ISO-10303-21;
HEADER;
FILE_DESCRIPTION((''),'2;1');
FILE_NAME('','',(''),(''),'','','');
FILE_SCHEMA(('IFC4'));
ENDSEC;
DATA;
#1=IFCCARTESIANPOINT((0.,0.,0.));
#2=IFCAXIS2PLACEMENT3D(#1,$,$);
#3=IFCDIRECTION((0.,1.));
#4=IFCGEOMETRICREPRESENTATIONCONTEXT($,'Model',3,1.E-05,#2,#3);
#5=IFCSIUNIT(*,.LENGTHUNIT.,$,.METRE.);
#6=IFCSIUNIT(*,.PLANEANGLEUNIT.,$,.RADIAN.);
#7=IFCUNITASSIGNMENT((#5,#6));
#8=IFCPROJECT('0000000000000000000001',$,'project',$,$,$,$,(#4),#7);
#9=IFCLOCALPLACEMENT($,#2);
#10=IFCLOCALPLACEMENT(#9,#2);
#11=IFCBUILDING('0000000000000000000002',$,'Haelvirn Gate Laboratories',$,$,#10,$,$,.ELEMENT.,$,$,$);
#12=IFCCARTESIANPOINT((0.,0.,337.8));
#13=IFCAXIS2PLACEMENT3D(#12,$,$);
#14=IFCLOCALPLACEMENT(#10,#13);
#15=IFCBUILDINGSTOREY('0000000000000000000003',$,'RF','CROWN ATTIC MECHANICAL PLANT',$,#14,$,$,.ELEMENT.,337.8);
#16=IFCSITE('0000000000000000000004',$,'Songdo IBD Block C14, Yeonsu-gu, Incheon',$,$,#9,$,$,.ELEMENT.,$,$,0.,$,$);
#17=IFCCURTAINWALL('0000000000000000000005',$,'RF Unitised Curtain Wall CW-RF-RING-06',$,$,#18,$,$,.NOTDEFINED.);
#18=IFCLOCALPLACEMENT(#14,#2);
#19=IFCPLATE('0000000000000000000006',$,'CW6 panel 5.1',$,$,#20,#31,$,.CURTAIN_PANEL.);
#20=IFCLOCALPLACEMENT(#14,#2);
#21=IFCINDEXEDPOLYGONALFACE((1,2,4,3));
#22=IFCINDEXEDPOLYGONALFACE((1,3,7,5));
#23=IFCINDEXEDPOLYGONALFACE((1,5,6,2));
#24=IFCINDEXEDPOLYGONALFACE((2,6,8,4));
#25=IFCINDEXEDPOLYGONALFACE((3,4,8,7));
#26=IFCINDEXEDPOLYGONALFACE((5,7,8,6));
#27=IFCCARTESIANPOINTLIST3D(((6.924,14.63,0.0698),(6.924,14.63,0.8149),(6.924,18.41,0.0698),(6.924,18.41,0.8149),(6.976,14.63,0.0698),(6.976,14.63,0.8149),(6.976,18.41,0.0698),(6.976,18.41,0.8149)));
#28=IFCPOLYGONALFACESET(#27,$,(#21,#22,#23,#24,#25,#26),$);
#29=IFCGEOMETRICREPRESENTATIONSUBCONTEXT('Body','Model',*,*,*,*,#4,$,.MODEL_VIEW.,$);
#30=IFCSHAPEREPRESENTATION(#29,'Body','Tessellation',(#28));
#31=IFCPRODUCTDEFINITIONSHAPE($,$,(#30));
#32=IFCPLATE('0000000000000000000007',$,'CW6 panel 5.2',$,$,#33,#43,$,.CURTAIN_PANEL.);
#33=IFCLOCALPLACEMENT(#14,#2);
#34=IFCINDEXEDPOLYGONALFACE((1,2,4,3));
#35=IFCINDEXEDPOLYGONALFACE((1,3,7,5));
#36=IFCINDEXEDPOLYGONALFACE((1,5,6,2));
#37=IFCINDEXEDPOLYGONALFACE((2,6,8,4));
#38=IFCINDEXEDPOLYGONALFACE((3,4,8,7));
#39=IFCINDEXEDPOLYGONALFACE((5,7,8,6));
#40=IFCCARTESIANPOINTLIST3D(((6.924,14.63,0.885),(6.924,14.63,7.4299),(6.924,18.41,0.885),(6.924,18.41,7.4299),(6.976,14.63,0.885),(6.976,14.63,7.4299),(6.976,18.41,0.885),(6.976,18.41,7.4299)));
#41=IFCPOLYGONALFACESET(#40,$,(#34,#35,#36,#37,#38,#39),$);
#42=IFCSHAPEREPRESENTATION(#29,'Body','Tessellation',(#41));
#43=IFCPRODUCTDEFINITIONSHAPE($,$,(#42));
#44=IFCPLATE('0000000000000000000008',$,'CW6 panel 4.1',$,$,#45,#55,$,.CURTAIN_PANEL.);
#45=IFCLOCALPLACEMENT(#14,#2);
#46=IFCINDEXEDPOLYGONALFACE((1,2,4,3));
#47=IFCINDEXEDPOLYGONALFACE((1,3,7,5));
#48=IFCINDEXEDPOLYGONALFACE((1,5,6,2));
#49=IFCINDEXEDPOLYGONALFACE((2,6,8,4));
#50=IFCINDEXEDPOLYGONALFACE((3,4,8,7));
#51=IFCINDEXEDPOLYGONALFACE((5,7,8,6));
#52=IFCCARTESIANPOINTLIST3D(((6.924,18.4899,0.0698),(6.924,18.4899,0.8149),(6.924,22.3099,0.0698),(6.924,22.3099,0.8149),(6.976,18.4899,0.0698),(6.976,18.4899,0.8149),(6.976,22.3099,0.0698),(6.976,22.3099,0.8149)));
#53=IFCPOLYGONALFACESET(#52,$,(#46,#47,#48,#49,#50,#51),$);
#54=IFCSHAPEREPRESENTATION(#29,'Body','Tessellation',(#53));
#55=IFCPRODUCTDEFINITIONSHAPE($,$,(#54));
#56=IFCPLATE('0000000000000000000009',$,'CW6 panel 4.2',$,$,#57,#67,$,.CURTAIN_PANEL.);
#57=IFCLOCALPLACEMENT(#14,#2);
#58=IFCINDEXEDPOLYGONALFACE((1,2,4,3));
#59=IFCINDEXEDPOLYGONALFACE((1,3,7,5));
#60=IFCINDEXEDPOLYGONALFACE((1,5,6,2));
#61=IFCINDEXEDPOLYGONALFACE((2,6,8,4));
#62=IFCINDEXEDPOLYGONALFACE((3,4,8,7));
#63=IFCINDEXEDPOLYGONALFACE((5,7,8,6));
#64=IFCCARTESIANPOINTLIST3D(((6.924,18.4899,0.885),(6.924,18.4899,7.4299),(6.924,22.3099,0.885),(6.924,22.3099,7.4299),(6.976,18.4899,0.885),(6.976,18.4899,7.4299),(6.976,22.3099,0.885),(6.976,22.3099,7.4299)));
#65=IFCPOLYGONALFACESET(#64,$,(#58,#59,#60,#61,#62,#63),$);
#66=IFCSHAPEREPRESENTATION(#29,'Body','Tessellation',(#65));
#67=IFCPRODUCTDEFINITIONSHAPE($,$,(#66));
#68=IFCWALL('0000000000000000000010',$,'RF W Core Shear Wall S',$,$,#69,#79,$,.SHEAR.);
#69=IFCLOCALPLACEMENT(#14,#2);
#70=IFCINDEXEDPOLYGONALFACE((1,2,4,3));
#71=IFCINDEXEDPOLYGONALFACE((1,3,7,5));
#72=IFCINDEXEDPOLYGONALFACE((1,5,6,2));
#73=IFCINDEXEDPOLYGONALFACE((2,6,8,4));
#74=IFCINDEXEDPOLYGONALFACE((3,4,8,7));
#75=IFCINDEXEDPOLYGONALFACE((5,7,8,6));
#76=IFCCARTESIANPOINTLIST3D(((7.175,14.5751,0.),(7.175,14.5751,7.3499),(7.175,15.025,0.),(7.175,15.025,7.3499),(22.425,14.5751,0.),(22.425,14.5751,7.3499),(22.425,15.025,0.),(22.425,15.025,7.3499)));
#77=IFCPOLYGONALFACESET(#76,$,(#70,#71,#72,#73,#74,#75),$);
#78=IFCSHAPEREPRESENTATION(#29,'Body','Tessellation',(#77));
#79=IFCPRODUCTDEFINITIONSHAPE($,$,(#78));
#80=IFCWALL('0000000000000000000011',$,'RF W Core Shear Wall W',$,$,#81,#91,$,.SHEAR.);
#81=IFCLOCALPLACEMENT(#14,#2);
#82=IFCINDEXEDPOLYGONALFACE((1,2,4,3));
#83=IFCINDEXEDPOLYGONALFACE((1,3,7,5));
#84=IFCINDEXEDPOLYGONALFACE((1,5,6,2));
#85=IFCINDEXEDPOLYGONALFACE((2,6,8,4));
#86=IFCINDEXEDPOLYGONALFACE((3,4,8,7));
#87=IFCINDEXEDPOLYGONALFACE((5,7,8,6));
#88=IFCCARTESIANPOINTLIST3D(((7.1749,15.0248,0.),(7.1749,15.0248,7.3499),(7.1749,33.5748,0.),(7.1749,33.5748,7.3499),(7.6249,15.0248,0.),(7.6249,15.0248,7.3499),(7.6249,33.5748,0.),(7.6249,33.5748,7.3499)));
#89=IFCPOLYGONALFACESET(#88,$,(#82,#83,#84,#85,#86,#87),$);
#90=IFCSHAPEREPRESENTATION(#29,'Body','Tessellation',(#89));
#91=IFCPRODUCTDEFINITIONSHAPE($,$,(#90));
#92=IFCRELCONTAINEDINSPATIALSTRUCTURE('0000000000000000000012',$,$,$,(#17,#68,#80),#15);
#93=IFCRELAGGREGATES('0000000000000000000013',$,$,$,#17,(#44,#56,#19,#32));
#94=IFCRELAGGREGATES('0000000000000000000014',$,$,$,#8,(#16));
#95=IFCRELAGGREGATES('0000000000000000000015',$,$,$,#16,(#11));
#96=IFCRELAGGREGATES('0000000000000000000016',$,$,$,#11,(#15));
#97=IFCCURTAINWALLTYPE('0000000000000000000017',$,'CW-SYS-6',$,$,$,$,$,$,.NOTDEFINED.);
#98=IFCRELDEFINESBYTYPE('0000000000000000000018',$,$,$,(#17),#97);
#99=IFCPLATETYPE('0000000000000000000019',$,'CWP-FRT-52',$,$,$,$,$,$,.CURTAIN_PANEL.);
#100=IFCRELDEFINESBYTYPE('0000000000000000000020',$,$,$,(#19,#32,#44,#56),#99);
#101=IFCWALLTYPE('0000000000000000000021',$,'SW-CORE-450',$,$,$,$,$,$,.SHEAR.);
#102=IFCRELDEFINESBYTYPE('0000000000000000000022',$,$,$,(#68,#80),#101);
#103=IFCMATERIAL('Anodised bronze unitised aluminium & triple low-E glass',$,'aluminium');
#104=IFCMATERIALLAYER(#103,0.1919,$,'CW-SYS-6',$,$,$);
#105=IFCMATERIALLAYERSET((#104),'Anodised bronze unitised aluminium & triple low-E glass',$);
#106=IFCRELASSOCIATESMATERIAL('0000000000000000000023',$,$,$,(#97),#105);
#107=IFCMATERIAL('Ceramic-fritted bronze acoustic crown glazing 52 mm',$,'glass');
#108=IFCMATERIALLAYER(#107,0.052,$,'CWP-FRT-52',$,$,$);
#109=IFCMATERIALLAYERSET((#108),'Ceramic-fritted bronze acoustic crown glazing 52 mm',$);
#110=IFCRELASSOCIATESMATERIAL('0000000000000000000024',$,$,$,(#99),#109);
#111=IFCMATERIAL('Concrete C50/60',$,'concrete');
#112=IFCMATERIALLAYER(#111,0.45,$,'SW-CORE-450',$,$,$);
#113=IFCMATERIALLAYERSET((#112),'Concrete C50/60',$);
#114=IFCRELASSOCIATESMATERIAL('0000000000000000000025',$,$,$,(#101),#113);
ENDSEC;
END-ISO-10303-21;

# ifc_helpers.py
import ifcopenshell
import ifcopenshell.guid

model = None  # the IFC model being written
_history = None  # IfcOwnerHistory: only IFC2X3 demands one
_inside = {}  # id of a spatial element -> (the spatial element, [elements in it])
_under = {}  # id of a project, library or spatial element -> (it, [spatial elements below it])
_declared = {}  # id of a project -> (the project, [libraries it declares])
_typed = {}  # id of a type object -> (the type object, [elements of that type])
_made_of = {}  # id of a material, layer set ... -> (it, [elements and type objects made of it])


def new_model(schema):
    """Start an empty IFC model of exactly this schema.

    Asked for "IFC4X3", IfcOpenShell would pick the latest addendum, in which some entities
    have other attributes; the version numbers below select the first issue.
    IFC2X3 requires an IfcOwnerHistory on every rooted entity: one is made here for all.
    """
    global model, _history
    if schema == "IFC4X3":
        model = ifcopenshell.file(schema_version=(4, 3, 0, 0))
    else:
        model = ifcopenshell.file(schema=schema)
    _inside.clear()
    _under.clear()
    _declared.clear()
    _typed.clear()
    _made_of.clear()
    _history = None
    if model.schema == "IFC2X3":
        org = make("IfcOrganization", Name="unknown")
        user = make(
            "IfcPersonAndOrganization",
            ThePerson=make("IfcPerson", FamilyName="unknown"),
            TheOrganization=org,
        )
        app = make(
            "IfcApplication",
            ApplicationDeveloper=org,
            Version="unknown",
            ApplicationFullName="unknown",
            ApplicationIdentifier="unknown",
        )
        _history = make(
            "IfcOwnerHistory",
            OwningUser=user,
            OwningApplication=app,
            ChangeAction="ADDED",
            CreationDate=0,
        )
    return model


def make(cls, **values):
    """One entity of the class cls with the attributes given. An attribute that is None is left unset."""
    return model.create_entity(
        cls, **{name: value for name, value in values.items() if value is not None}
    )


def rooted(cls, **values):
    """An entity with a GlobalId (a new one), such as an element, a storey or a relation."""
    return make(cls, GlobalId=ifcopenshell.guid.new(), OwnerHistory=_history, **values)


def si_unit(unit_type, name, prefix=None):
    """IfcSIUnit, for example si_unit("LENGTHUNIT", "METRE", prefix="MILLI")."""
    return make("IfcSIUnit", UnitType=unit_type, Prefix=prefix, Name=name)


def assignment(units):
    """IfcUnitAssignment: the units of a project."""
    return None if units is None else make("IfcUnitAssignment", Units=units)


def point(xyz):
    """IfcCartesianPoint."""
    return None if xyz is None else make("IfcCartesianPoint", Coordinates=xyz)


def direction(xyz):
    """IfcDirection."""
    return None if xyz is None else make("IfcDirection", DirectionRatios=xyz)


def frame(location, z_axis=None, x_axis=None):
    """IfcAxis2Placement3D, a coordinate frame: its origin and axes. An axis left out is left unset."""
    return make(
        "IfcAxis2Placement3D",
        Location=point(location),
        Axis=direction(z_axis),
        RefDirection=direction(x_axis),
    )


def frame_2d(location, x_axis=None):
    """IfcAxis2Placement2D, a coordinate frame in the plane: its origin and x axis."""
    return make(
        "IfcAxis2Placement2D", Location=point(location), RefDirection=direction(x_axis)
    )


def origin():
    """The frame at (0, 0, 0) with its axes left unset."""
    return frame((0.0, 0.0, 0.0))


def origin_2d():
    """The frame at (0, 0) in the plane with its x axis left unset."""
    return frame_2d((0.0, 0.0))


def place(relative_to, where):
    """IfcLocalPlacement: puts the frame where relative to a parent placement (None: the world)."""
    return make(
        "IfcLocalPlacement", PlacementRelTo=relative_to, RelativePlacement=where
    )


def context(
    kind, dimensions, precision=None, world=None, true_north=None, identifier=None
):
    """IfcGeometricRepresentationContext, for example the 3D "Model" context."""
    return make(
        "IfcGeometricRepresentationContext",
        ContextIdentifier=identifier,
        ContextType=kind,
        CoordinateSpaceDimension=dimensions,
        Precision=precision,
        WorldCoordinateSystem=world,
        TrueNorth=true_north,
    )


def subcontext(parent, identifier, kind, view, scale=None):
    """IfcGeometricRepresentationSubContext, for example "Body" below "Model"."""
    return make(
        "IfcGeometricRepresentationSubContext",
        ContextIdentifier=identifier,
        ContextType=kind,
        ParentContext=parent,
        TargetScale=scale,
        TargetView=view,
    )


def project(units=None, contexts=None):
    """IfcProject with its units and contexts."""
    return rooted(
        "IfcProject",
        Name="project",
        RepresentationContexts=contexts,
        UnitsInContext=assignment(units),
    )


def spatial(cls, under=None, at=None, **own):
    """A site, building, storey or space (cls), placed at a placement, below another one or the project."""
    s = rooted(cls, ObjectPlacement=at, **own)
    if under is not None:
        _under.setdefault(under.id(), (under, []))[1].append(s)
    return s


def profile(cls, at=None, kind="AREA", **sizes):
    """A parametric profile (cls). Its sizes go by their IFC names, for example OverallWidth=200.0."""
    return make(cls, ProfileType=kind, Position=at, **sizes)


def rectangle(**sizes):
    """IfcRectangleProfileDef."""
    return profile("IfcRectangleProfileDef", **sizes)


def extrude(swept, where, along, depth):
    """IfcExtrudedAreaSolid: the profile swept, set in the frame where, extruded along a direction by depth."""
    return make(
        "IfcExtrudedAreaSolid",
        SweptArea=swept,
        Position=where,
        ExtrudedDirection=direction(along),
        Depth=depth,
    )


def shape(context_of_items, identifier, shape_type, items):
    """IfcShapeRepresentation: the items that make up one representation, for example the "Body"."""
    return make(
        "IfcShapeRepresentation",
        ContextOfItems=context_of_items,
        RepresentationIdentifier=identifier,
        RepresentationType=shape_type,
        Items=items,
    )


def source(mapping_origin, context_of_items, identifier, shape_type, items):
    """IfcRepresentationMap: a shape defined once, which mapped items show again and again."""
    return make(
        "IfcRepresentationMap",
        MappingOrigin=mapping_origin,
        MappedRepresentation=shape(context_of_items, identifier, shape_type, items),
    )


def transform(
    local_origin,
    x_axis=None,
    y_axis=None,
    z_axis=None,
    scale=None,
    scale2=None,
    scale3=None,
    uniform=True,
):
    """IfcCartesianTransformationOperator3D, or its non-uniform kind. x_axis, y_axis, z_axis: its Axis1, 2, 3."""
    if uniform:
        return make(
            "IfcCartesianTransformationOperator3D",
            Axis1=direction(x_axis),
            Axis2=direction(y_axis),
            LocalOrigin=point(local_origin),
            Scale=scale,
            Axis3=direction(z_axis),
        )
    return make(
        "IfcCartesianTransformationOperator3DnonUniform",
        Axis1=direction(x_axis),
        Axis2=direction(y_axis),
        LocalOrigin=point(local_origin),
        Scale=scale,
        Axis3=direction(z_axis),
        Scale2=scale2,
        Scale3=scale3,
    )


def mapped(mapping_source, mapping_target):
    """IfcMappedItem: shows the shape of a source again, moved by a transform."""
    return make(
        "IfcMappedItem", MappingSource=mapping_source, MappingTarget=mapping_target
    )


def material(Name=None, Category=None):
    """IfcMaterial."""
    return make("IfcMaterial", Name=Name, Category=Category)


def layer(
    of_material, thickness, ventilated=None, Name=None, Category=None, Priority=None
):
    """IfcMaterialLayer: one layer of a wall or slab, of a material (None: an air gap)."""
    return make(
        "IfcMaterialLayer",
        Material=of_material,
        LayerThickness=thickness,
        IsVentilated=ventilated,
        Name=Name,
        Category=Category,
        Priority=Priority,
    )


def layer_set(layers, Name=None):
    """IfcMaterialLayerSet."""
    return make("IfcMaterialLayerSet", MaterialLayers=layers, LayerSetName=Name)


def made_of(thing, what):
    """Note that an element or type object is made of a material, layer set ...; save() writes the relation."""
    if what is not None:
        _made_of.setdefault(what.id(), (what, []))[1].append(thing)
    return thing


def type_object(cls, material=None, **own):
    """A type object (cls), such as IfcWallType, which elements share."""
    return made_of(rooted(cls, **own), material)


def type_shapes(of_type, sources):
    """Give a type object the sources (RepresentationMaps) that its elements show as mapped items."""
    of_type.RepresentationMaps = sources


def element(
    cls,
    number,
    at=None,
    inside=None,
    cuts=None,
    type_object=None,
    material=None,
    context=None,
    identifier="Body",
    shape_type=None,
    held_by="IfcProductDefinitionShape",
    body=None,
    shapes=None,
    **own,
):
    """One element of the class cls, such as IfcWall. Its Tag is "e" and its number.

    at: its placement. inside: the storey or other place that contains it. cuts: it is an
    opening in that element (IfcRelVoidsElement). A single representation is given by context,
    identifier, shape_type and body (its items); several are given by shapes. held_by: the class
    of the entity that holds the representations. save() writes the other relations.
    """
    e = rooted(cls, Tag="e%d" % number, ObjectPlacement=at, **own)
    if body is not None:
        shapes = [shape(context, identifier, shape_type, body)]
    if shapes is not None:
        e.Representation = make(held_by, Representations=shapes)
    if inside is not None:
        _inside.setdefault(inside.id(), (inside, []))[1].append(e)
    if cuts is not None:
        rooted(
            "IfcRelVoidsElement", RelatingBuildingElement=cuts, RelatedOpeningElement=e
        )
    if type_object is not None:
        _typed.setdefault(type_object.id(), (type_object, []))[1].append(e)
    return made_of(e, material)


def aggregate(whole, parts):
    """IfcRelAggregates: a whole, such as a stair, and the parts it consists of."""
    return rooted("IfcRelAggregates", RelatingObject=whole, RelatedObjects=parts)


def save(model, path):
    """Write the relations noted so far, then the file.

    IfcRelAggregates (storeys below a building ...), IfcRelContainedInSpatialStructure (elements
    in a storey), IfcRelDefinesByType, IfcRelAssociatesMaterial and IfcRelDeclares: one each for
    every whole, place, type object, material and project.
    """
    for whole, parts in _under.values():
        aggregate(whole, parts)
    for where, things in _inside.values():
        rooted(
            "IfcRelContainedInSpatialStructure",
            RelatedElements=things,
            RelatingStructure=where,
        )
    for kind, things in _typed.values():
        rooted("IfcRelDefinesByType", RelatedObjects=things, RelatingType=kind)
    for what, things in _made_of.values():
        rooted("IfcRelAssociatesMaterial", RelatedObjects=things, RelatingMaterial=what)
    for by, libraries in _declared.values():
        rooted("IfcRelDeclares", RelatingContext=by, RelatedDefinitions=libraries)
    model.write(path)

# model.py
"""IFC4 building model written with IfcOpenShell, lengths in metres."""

from ifc_helpers import new_model, si_unit, direction, frame, frame_2d, origin, origin_2d, place, context, subcontext, project, spatial, rectangle, extrude, source, transform, mapped, material, layer, layer_set, type_object, type_shapes, element, aggregate, save


model = new_model("IFC4")

# Units and contexts
model_context = context("Model", 3, precision=1e-05, world=origin(), true_north=direction((0.0, 1.0)))
body_context = subcontext(model_context, "Body", "Model", "MODEL_VIEW")
ifc_project = project(units=[si_unit("LENGTHUNIT", "METRE"), si_unit("PLANEANGLEUNIT", "RADIAN")], contexts=[model_context])

# Site, building, storey
site_placement = place(None, origin())
site = spatial("IfcSite", under=ifc_project, at=site_placement, Name="Songdo IBD Block C14, Yeonsu-gu, Incheon", CompositionType="ELEMENT", RefElevation=0.0)
building_placement = place(site_placement, origin())
building = spatial("IfcBuilding", under=site, at=building_placement, Name="Haelvirn Gate Laboratories", CompositionType="ELEMENT")
storey_placement = place(building_placement, frame((0.0, 0.0, 337.8)))
storey = spatial("IfcBuildingStorey", under=building, at=storey_placement, Name="RF", Description="CROWN ATTIC MECHANICAL PLANT", CompositionType="ELEMENT", Elevation=337.8)

# Curtain wall
ifc_material_1 = material(Name="Anodised bronze unitised aluminium & triple low-E glass", Category="aluminium")
ifc_layer_1 = layer(ifc_material_1, 0.1919, Name="CW-SYS-6")
ifc_layer_set_1 = layer_set([ifc_layer_1], Name="Anodised bronze unitised aluminium & triple low-E glass")
curtain_wall_type = type_object("IfcCurtainWallType", Name="CW-SYS-6", PredefinedType="NOTDEFINED", material=ifc_layer_set_1)
curtain_wall_1_placement = place(storey_placement, origin())
curtain_wall_1 = element("IfcCurtainWall", 1, at=curtain_wall_1_placement, inside=storey, type_object=curtain_wall_type, Name="RF Unitised Curtain Wall CW-RF-RING-06", PredefinedType="NOTDEFINED")

# Plates
ifc_material_2 = material(Name="Ceramic-fritted bronze acoustic crown glazing 52 mm", Category="glass")
ifc_layer_2 = layer(ifc_material_2, 0.052, Name="CWP-FRT-52")
ifc_layer_set_2 = layer_set([ifc_layer_2], Name="Ceramic-fritted bronze acoustic crown glazing 52 mm")
plate_type_1 = type_object("IfcPlateType", Name="CWP-FRT-52", PredefinedType="CURTAIN_PANEL", material=ifc_layer_set_2)
shared_shape_1 = source(origin(), body_context, "Body", "SweptSolid", [
    extrude(rectangle(XDim=3.78, YDim=0.052, at=origin_2d()), origin(), (0.0, 0.0, 1.0), 0.7451),
])
plate_1_placement = place(storey_placement, frame((6.95, 16.52, 0.0698), z_axis=(0.0, 0.0, 1.0), x_axis=(0.0, -1.0, 0.0)))
plate_1 = element("IfcPlate", 2, at=plate_1_placement, type_object=plate_type_1, Name="CW6 panel 5.1", PredefinedType="CURTAIN_PANEL", context=body_context, shape_type="MappedRepresentation", body=[
    mapped(shared_shape_1, transform((0.0, 0.0, 0.0), scale=1.0)),
])
shared_shape_2 = source(origin(), body_context, "Body", "SweptSolid", [
    extrude(rectangle(XDim=3.78, YDim=0.052, at=origin_2d()), origin(), (0.0, 0.0, 1.0), 6.5449),
])
plate_2_placement = place(storey_placement, frame((6.95, 16.52, 0.885), z_axis=(0.0, 0.0, 1.0), x_axis=(0.0, -1.0, 0.0)))
plate_2 = element("IfcPlate", 3, at=plate_2_placement, type_object=plate_type_1, Name="CW6 panel 5.2", PredefinedType="CURTAIN_PANEL", context=body_context, shape_type="MappedRepresentation", body=[
    mapped(shared_shape_2, transform((0.0, 0.0, 0.0), scale=1.0)),
])
shared_shape_3 = source(origin(), body_context, "Body", "SweptSolid", [
    extrude(rectangle(XDim=3.8201, YDim=0.052, at=origin_2d()), origin(), (0.0, 0.0, 1.0), 0.7451),
])
plate_3_placement = place(storey_placement, frame((6.95, 20.3999, 0.0698), z_axis=(0.0, 0.0, 1.0), x_axis=(0.0, -1.0, 0.0)))
plate_3 = element("IfcPlate", 4, at=plate_3_placement, type_object=plate_type_1, Name="CW6 panel 4.1", PredefinedType="CURTAIN_PANEL", context=body_context, shape_type="MappedRepresentation", body=[
    mapped(shared_shape_3, transform((0.0, 0.0, 0.0), scale=1.0)),
])
shared_shape_4 = source(origin(), body_context, "Body", "SweptSolid", [
    extrude(rectangle(XDim=3.8201, YDim=0.052, at=origin_2d()), origin(), (0.0, 0.0, 1.0), 6.5449),
])
type_shapes(plate_type_1, [shared_shape_1, shared_shape_2, shared_shape_3, shared_shape_4])
plate_4_placement = place(storey_placement, frame((6.95, 20.3999, 0.885), z_axis=(0.0, 0.0, 1.0), x_axis=(0.0, -1.0, 0.0)))
plate_4 = element("IfcPlate", 5, at=plate_4_placement, type_object=plate_type_1, Name="CW6 panel 4.2", PredefinedType="CURTAIN_PANEL", context=body_context, shape_type="MappedRepresentation", body=[
    mapped(shared_shape_4, transform((0.0, 0.0, 0.0), scale=1.0)),
])
aggregate(curtain_wall_1, [plate_3, plate_4, plate_1, plate_2])

# Walls
ifc_material_3 = material(Name="Concrete C50/60", Category="concrete")
ifc_layer_3 = layer(ifc_material_3, 0.45, Name="SW-CORE-450")
ifc_layer_set_3 = layer_set([ifc_layer_3], Name="Concrete C50/60")
wall_type = type_object("IfcWallType", Name="SW-CORE-450", PredefinedType="SHEAR", material=ifc_layer_set_3)
wall_1_placement = place(storey_placement, frame((7.175, 14.8, 0.0), z_axis=(0.0, 0.0, 1.0), x_axis=(1.0, 0.0, 0.0)))
element("IfcWall", 6, at=wall_1_placement, inside=storey, type_object=wall_type, Name="RF W Core Shear Wall S", PredefinedType="SHEAR", context=body_context, shape_type="SweptSolid", body=[
    extrude(rectangle(XDim=15.25, YDim=0.45, at=frame_2d((7.625, 0.0))), origin(), (0.0, 0.0, 1.0), 7.3499),
])
wall_2_placement = place(storey_placement, frame((7.3999, 15.0249, 0.0), z_axis=(0.0, 0.0, 1.0), x_axis=(0.0, 1.0, 0.0)))
element("IfcWall", 7, at=wall_2_placement, inside=storey, type_object=wall_type, Name="RF W Core Shear Wall W", PredefinedType="SHEAR", context=body_context, shape_type="SweptSolid", body=[
    extrude(rectangle(XDim=18.55, YDim=0.45, at=frame_2d((9.2749, 0.0))), origin(), (0.0, 0.0, 1.0), 7.3499),
])

save(model, "model.ifc")
